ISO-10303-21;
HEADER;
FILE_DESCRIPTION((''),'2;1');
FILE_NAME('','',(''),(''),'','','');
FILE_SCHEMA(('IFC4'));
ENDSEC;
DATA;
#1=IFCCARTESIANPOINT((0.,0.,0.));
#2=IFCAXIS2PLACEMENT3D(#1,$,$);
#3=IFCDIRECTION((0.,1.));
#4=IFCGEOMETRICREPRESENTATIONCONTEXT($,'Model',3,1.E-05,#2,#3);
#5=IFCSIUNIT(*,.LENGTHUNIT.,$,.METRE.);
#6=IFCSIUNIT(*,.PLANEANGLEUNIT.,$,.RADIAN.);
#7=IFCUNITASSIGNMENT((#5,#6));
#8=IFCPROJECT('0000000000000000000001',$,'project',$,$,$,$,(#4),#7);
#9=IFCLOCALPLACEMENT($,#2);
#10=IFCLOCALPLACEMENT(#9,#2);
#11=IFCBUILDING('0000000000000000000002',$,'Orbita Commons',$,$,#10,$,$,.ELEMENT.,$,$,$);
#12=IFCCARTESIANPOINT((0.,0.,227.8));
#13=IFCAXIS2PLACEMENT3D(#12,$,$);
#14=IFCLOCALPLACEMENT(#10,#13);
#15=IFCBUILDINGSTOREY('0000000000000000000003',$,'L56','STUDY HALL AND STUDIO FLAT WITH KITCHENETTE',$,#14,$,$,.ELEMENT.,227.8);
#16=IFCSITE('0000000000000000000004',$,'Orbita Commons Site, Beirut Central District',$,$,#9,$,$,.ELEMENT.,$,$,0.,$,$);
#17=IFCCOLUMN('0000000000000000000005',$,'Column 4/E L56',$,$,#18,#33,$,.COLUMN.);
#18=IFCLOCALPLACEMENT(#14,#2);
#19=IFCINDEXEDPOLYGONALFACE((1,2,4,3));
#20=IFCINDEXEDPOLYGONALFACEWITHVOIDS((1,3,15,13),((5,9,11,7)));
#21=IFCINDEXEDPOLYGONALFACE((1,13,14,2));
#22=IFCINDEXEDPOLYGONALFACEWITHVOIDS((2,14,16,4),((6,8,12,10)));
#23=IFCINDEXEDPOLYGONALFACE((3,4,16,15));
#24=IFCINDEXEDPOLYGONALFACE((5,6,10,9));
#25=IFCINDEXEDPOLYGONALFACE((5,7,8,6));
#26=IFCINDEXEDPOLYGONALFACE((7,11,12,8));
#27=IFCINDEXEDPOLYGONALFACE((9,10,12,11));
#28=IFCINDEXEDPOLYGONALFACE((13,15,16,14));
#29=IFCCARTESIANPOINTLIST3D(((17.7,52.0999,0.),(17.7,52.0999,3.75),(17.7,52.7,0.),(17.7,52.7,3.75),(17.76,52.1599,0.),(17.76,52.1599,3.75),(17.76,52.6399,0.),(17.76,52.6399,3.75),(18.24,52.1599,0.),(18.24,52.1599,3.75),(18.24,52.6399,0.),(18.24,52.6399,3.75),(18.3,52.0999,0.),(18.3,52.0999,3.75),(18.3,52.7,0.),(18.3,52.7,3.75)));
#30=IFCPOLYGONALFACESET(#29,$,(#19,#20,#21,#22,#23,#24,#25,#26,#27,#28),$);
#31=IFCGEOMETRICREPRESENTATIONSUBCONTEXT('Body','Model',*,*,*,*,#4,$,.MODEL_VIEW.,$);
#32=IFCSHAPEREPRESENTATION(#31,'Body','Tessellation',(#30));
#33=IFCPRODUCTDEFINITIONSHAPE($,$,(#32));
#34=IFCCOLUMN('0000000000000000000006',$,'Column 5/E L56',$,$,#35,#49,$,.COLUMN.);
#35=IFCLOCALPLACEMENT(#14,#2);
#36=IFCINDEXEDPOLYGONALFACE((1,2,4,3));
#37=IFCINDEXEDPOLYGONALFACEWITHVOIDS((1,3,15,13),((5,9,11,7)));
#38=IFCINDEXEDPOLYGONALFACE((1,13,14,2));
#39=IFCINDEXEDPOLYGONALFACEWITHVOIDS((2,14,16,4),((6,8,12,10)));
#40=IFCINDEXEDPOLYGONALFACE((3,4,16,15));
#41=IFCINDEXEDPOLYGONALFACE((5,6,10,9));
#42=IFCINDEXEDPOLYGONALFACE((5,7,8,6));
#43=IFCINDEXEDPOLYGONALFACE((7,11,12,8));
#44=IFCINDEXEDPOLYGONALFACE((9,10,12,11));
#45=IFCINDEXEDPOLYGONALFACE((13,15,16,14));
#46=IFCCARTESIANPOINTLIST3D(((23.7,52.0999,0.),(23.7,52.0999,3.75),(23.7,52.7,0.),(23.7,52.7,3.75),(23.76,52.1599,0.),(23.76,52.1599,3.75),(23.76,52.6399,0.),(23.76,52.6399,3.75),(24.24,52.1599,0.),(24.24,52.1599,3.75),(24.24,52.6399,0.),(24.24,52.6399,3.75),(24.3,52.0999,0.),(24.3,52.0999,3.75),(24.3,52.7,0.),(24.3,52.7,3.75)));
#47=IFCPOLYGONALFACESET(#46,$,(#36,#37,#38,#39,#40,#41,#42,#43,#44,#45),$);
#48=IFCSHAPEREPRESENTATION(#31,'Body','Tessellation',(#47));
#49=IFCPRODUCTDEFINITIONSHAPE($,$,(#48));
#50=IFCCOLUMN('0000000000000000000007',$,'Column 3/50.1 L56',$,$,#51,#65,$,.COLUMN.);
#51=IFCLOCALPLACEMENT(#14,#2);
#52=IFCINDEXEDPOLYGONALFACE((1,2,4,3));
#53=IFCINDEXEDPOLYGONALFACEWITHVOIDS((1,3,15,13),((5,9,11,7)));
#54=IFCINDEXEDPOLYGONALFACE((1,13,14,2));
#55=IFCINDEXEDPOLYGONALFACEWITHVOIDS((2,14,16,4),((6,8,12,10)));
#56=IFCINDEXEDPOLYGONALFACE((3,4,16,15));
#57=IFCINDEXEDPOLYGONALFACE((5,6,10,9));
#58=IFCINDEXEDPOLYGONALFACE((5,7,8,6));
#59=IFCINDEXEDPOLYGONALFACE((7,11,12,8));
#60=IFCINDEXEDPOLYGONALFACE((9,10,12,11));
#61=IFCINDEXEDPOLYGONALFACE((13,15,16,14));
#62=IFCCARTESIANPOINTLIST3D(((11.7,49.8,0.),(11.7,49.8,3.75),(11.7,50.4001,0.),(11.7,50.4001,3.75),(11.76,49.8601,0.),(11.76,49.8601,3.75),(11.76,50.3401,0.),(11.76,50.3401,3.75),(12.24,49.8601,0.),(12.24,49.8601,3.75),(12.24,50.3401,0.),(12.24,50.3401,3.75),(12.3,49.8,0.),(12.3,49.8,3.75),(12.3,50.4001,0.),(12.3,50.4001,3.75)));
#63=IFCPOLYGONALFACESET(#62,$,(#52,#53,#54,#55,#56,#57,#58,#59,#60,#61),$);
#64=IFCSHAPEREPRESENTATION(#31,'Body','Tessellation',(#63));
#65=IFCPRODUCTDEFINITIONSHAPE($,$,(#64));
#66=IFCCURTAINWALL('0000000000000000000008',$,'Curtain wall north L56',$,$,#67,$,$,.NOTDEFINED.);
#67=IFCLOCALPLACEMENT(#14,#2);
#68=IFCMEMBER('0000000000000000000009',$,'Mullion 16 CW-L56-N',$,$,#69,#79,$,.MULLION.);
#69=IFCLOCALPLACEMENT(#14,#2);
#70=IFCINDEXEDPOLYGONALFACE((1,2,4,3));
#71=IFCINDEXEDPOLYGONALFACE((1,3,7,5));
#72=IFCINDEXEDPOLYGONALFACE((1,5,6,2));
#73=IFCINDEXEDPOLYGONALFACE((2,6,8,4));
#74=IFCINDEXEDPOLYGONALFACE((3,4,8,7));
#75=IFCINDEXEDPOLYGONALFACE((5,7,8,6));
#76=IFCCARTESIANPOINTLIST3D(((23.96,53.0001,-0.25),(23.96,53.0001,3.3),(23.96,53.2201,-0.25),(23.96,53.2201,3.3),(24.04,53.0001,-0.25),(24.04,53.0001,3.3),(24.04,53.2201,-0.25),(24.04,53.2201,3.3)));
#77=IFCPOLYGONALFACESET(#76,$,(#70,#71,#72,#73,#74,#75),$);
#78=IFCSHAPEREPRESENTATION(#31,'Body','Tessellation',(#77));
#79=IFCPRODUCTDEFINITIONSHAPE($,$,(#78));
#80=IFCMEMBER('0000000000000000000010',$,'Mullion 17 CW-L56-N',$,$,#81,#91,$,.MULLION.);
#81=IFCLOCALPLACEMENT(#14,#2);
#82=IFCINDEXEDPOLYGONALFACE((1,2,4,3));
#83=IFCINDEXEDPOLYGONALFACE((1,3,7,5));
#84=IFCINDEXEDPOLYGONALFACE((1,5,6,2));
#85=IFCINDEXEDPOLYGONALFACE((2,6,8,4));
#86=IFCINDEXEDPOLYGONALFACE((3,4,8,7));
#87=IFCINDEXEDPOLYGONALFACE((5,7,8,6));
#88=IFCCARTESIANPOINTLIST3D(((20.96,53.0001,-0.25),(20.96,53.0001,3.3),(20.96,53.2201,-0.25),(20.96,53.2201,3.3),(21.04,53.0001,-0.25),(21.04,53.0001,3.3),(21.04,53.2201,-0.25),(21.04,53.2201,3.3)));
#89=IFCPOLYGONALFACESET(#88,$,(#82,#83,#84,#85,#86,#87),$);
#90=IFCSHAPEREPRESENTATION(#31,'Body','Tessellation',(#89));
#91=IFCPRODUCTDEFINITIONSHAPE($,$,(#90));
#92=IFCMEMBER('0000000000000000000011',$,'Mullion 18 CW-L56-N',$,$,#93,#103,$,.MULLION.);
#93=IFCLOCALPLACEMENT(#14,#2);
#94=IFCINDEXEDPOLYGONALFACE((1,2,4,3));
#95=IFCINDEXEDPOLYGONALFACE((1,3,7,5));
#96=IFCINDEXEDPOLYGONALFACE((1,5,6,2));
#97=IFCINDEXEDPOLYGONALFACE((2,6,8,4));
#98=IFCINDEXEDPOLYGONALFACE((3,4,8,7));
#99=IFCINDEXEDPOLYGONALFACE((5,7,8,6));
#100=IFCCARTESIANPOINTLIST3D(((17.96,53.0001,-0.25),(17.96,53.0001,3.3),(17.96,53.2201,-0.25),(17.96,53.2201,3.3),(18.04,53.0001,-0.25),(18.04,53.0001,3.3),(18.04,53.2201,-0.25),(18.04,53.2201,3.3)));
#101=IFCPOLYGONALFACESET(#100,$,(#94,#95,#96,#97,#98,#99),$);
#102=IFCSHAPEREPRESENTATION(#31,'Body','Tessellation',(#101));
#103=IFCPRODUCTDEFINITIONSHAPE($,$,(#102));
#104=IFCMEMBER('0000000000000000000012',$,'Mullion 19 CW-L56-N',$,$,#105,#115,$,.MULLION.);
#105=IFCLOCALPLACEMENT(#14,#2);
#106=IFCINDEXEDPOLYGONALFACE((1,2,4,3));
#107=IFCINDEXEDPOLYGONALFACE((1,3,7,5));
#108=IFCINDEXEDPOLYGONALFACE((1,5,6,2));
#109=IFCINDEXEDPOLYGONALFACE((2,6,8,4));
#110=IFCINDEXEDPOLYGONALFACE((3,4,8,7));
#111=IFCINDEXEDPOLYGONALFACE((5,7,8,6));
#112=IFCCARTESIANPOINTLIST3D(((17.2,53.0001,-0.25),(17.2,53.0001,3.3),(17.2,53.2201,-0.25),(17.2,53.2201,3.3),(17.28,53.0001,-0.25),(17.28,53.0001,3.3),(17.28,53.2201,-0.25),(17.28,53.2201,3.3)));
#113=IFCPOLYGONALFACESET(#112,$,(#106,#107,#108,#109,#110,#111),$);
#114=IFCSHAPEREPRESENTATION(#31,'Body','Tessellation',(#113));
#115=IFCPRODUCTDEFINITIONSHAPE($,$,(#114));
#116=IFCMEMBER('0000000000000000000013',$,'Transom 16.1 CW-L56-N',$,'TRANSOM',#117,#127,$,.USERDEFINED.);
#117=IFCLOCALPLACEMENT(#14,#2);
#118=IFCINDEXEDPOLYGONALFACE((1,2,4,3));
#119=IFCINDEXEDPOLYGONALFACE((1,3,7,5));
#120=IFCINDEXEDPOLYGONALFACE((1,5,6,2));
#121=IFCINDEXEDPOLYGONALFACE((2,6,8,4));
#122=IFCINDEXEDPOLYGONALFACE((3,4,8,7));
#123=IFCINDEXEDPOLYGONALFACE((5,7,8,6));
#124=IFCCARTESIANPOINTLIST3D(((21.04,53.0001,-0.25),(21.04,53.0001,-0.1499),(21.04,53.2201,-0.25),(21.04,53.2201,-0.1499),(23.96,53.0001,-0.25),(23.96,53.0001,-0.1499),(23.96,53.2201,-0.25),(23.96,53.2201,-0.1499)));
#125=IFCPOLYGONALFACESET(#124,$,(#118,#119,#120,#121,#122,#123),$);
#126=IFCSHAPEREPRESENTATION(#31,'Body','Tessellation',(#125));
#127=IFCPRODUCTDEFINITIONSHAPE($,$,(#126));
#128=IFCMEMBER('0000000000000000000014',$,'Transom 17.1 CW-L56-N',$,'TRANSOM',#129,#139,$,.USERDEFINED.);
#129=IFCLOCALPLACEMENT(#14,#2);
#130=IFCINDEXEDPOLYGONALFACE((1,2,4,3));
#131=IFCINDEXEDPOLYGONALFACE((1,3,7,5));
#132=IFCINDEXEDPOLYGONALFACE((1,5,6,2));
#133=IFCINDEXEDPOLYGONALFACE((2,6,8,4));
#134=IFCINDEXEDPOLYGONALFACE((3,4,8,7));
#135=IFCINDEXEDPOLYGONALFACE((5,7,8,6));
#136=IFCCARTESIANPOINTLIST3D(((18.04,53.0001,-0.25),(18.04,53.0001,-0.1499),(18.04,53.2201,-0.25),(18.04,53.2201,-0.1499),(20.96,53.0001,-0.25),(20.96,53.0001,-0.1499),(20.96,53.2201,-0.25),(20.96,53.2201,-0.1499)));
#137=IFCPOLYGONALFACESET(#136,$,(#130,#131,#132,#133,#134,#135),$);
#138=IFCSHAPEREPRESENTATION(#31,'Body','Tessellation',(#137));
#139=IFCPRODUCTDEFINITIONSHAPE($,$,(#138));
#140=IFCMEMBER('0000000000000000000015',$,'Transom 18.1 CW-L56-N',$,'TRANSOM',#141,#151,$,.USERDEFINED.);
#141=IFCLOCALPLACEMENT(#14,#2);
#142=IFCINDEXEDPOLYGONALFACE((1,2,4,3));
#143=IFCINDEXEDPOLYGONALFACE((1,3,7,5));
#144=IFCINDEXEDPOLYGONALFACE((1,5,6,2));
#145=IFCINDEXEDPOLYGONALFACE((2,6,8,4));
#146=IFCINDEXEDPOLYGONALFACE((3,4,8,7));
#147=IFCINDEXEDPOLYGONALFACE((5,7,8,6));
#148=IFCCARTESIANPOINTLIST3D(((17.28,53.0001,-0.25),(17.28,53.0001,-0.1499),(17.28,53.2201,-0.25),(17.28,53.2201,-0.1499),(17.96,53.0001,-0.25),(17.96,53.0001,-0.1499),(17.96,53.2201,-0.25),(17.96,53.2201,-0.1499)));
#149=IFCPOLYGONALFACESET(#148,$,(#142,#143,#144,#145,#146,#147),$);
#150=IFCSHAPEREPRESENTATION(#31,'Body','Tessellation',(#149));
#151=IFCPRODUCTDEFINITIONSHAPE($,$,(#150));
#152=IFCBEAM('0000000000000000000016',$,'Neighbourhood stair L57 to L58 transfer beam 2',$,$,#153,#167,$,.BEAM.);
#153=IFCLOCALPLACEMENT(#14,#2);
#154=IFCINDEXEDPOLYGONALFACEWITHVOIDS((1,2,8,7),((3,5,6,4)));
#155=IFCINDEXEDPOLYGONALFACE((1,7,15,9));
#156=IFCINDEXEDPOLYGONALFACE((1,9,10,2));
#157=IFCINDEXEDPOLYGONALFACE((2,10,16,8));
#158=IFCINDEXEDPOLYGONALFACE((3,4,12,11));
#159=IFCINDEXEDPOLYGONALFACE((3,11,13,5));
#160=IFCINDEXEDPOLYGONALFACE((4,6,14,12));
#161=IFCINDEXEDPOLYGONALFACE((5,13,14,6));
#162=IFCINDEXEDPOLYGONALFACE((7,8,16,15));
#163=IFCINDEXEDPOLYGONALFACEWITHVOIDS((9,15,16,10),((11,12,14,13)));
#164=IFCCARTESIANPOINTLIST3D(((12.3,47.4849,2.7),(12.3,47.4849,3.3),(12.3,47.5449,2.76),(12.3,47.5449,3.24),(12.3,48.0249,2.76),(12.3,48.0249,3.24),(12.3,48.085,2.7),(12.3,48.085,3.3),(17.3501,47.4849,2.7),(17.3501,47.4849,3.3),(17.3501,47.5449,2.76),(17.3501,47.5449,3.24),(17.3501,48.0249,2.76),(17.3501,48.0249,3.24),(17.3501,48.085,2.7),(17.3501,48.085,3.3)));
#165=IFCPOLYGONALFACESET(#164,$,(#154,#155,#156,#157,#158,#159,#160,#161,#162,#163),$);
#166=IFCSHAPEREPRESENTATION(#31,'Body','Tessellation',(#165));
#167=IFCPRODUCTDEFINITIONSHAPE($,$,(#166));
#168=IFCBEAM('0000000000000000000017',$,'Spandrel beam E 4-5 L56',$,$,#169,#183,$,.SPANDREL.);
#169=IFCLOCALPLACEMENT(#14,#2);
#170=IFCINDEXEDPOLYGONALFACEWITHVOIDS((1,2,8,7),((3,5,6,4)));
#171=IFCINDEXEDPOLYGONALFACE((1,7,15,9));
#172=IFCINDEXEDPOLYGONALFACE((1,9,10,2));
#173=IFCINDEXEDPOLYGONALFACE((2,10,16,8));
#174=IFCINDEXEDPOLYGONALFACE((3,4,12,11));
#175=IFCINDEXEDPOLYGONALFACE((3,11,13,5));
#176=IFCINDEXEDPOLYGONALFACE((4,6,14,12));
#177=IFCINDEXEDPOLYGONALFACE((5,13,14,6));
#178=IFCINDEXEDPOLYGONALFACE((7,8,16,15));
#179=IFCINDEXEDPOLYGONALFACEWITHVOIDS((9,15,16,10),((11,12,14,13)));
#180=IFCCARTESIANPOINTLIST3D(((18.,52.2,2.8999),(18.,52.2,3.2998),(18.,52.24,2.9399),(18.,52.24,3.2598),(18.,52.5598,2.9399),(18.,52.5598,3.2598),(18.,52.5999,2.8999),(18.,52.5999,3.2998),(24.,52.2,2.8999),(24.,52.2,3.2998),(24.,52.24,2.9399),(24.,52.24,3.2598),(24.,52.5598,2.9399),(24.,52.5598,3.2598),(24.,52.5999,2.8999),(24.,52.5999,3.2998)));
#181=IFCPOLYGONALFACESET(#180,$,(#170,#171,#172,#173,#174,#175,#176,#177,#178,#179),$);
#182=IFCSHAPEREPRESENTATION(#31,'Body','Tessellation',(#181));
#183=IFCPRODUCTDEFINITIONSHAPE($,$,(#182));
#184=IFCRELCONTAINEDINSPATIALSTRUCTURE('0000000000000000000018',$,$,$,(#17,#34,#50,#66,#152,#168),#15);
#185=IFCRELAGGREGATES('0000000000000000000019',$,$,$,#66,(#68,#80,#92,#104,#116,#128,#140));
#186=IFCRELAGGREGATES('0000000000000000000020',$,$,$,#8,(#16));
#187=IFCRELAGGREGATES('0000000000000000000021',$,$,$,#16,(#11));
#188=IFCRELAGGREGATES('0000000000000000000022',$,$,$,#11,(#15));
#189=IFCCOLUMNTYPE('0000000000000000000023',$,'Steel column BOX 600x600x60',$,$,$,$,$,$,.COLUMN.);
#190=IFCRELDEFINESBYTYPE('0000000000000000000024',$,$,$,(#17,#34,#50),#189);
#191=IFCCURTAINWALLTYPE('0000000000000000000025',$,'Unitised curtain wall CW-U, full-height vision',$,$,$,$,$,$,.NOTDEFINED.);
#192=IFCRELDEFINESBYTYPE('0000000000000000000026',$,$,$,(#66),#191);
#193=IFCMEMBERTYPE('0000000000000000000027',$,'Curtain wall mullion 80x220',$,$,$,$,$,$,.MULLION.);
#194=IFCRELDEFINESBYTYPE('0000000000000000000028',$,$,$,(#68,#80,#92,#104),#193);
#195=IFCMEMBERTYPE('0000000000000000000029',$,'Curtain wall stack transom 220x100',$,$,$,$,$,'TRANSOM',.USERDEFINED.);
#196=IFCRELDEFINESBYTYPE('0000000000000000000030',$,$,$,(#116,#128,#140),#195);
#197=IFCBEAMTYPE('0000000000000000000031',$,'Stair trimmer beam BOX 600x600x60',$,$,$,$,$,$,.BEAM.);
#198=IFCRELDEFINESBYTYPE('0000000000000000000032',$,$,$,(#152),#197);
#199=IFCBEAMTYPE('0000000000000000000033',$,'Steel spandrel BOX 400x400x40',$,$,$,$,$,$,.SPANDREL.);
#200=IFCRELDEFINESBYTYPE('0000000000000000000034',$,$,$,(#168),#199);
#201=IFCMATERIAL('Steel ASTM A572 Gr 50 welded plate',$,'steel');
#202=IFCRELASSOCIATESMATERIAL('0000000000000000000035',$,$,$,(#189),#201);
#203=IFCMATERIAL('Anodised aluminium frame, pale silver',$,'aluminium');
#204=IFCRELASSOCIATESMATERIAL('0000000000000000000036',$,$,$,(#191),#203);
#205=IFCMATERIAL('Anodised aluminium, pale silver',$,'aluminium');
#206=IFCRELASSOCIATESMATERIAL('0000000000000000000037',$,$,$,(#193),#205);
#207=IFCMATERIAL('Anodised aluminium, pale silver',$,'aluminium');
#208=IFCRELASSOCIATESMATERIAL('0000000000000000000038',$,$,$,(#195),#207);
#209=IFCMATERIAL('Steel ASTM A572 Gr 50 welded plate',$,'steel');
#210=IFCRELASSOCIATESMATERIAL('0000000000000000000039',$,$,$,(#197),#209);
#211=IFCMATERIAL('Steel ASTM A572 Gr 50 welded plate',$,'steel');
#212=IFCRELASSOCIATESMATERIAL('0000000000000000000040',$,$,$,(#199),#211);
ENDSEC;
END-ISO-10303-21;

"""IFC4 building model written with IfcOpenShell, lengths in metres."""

from ifc_helpers import new_model, si_unit, direction, frame, origin, origin_2d, place, context, subcontext, project, spatial, rectangle, hollow_rectangle, extrude, material, material_profile, profile_set, type_object, element, aggregate, save


model = new_model("IFC4")

# Units and contexts
model_context = context("Model", 3, precision=1e-05, world=origin(), true_north=direction((0.0, 1.0)))
body_context = subcontext(model_context, "Body", "Model", "MODEL_VIEW")
ifc_project = project(units=[si_unit("LENGTHUNIT", "METRE"), si_unit("PLANEANGLEUNIT", "RADIAN")], contexts=[model_context])

# Site, building, storey
site_placement = place(None, origin())
site = spatial("IfcSite", under=ifc_project, at=site_placement, Name="Orbita Commons Site, Beirut Central District", CompositionType="ELEMENT", RefElevation=0.0)
building_placement = place(site_placement, origin())
building = spatial("IfcBuilding", under=site, at=building_placement, Name="Orbita Commons", CompositionType="ELEMENT")
storey_placement = place(building_placement, frame((0.0, 0.0, 227.8)))
storey = spatial("IfcBuildingStorey", under=building, at=storey_placement, Name="L56", Description="STUDY HALL AND STUDIO FLAT WITH KITCHENETTE", CompositionType="ELEMENT", Elevation=227.8)

# Columns
ifc_material_1 = material(Name="Steel ASTM A572 Gr 50 welded plate", Category="steel")
ifc_material_profile_1 = material_profile(ifc_material_1, hollow_rectangle(XDim=0.6001, YDim=0.6001, WallThickness=0.0601, at=origin_2d()), Name="BOX 600x600x60")
ifc_profile_set_1 = profile_set([ifc_material_profile_1], Name="Steel ASTM A572 Gr 50 welded plate")
column_type = type_object("IfcColumnType", Name="Steel column BOX 600x600x60", PredefinedType="COLUMN", material=ifc_profile_set_1)
for number, where, z_axis, x_axis, name in (
    (1, (18.0, 52.3999, 0.0), (0.0, 0.0, 1.0), (1.0, 0.0, 0.0), "Column 4/E L56"),
    (2, (24.0, 52.3999, 0.0), (0.0, 0.0, 1.0), (1.0, 0.0, 0.0), "Column 5/E L56"),
    (3, (12.0, 50.1001, 0.0), (0.0, 0.0, 1.0), (1.0, 0.0, 0.0), "Column 3/50.1 L56"),
):
    element("IfcColumn", number, at=place(storey_placement, frame(where, z_axis=z_axis, x_axis=x_axis)), inside=storey, type_object=column_type, Name=name, PredefinedType="COLUMN", context=body_context, shape_type="SweptSolid", body=[
        extrude(hollow_rectangle(XDim=0.6001, YDim=0.6001, WallThickness=0.0601, at=origin_2d()), origin(), (0.0, 0.0, 1.0), 3.75),
    ])

# Curtain wall, members
ifc_material_2 = material(Name="Anodised aluminium frame, pale silver", Category="aluminium")
curtain_wall_type = type_object("IfcCurtainWallType", Name="Unitised curtain wall CW-U, full-height vision", PredefinedType="NOTDEFINED", material=ifc_material_2)
curtain_wall_placement = place(storey_placement, origin())
curtain_wall = element("IfcCurtainWall", 4, at=curtain_wall_placement, inside=storey, type_object=curtain_wall_type, Name="Curtain wall north L56", PredefinedType="NOTDEFINED")
ifc_material_3 = material(Name="Anodised aluminium, pale silver", Category="aluminium")
ifc_material_profile_2 = material_profile(ifc_material_3, rectangle(XDim=0.0801, YDim=0.22, at=origin_2d()), Name="AL 80x220")
ifc_profile_set_2 = profile_set([ifc_material_profile_2], Name="Anodised aluminium, pale silver")
member_type_1 = type_object("IfcMemberType", Name="Curtain wall mullion 80x220", PredefinedType="MULLION", material=ifc_profile_set_2)
member_1_placement = place(storey_placement, frame((24.0, 53.1101, -0.25), z_axis=(0.0, 0.0, 1.0), x_axis=(-1.0, 0.0, 0.0)))
member_1 = element("IfcMember", 5, at=member_1_placement, type_object=member_type_1, Name="Mullion 16 CW-L56-N", PredefinedType="MULLION", context=body_context, shape_type="SweptSolid", body=[
    extrude(rectangle(XDim=0.0801, YDim=0.22, at=origin_2d()), origin(), (0.0, 0.0, 1.0), 3.55),
])
member_2_placement = place(storey_placement, frame((21.0, 53.1101, -0.25), z_axis=(0.0, 0.0, 1.0), x_axis=(-1.0, 0.0, 0.0)))
member_2 = element("IfcMember", 6, at=member_2_placement, type_object=member_type_1, Name="Mullion 17 CW-L56-N", PredefinedType="MULLION", context=body_context, shape_type="SweptSolid", body=[
    extrude(rectangle(XDim=0.0801, YDim=0.22, at=origin_2d()), origin(), (0.0, 0.0, 1.0), 3.55),
])
member_3_placement = place(storey_placement, frame((18.0, 53.1101, -0.25), z_axis=(0.0, 0.0, 1.0), x_axis=(-1.0, 0.0, 0.0)))
member_3 = element("IfcMember", 7, at=member_3_placement, type_object=member_type_1, Name="Mullion 18 CW-L56-N", PredefinedType="MULLION", context=body_context, shape_type="SweptSolid", body=[
    extrude(rectangle(XDim=0.0801, YDim=0.22, at=origin_2d()), origin(), (0.0, 0.0, 1.0), 3.55),
])
member_4_placement = place(storey_placement, frame((17.24, 53.1101, -0.25), z_axis=(0.0, 0.0, 1.0), x_axis=(-1.0, 0.0, 0.0)))
member_4 = element("IfcMember", 8, at=member_4_placement, type_object=member_type_1, Name="Mullion 19 CW-L56-N", PredefinedType="MULLION", context=body_context, shape_type="SweptSolid", body=[
    extrude(rectangle(XDim=0.0801, YDim=0.22, at=origin_2d()), origin(), (0.0, 0.0, 1.0), 3.55),
])
ifc_material_4 = material(Name="Anodised aluminium, pale silver", Category="aluminium")
ifc_material_profile_3 = material_profile(ifc_material_4, rectangle(XDim=0.22, YDim=0.1001, at=origin_2d()), Name="AL 220x100")
ifc_profile_set_3 = profile_set([ifc_material_profile_3], Name="Anodised aluminium, pale silver")
member_type_2 = type_object("IfcMemberType", Name="Curtain wall stack transom 220x100", ElementType="TRANSOM", PredefinedType="USERDEFINED", material=ifc_profile_set_3)
member_5_placement = place(storey_placement, frame((23.96, 53.1101, -0.2), z_axis=(-1.0, 0.0, 0.0), x_axis=(0.0, -1.0, 0.0)))
member_5 = element("IfcMember", 9, at=member_5_placement, type_object=member_type_2, Name="Transom 16.1 CW-L56-N", ObjectType="TRANSOM", PredefinedType="USERDEFINED", context=body_context, shape_type="SweptSolid", body=[
    extrude(rectangle(XDim=0.22, YDim=0.1001, at=origin_2d()), origin(), (0.0, 0.0, 1.0), 2.9199),
])
member_6_placement = place(storey_placement, frame((20.96, 53.1101, -0.2), z_axis=(-1.0, 0.0, 0.0), x_axis=(0.0, -1.0, 0.0)))
member_6 = element("IfcMember", 10, at=member_6_placement, type_object=member_type_2, Name="Transom 17.1 CW-L56-N", ObjectType="TRANSOM", PredefinedType="USERDEFINED", context=body_context, shape_type="SweptSolid", body=[
    extrude(rectangle(XDim=0.22, YDim=0.1001, at=origin_2d()), origin(), (0.0, 0.0, 1.0), 2.9199),
])
member_7_placement = place(storey_placement, frame((17.96, 53.1101, -0.2), z_axis=(-1.0, 0.0, 0.0), x_axis=(0.0, -1.0, 0.0)))
member_7 = element("IfcMember", 11, at=member_7_placement, type_object=member_type_2, Name="Transom 18.1 CW-L56-N", ObjectType="TRANSOM", PredefinedType="USERDEFINED", context=body_context, shape_type="SweptSolid", body=[
    extrude(rectangle(XDim=0.22, YDim=0.1001, at=origin_2d()), origin(), (0.0, 0.0, 1.0), 0.6799),
])

# Beams
ifc_material_5 = material(Name="Steel ASTM A572 Gr 50 welded plate", Category="steel")
ifc_material_profile_4 = material_profile(ifc_material_5, hollow_rectangle(XDim=0.6001, YDim=0.6001, WallThickness=0.0601, at=origin_2d()), Name="BOX 600x600x60")
ifc_profile_set_4 = profile_set([ifc_material_profile_4], Name="Steel ASTM A572 Gr 50 welded plate")
beam_type_1 = type_object("IfcBeamType", Name="Stair trimmer beam BOX 600x600x60", PredefinedType="BEAM", material=ifc_profile_set_4)
beam_placement = place(storey_placement, frame((12.3, 47.7849, 3.0), z_axis=(1.0, 0.0, 0.0), x_axis=(0.0, 1.0, 0.0)))
element("IfcBeam", 12, at=beam_placement, inside=storey, type_object=beam_type_1, Name="Neighbourhood stair L57 to L58 transfer beam 2", PredefinedType="BEAM", context=body_context, shape_type="SweptSolid", body=[
    extrude(hollow_rectangle(XDim=0.6001, YDim=0.6001, WallThickness=0.0601, at=origin_2d()), origin(), (0.0, 0.0, 1.0), 5.05),
])
ifc_material_6 = material(Name="Steel ASTM A572 Gr 50 welded plate", Category="steel")
ifc_material_profile_5 = material_profile(ifc_material_6, hollow_rectangle(XDim=0.3999, YDim=0.3999, WallThickness=0.04, at=origin_2d()), Name="BOX 400x400x40")
ifc_profile_set_5 = profile_set([ifc_material_profile_5], Name="Steel ASTM A572 Gr 50 welded plate")
beam_type_2 = type_object("IfcBeamType", Name="Steel spandrel BOX 400x400x40", PredefinedType="SPANDREL", material=ifc_profile_set_5)
for number, where, z_axis, x_axis, name in (
    (13, (18.0, 52.3999, 3.0999), (1.0, 0.0, 0.0), (0.0, 1.0, 0.0), "Spandrel beam E 4-5 L56"),
):
    element("IfcBeam", number, at=place(storey_placement, frame(where, z_axis=z_axis, x_axis=x_axis)), inside=storey, type_object=beam_type_2, Name=name, PredefinedType="SPANDREL", context=body_context, shape_type="SweptSolid", body=[
        extrude(hollow_rectangle(XDim=0.3999, YDim=0.3999, WallThickness=0.04, at=origin_2d()), origin(), (0.0, 0.0, 1.0), 6.0),
    ])

aggregate(curtain_wall, [member_1, member_2, member_3, member_4, member_5, member_6, member_7])

save(model, "model.ifc")
